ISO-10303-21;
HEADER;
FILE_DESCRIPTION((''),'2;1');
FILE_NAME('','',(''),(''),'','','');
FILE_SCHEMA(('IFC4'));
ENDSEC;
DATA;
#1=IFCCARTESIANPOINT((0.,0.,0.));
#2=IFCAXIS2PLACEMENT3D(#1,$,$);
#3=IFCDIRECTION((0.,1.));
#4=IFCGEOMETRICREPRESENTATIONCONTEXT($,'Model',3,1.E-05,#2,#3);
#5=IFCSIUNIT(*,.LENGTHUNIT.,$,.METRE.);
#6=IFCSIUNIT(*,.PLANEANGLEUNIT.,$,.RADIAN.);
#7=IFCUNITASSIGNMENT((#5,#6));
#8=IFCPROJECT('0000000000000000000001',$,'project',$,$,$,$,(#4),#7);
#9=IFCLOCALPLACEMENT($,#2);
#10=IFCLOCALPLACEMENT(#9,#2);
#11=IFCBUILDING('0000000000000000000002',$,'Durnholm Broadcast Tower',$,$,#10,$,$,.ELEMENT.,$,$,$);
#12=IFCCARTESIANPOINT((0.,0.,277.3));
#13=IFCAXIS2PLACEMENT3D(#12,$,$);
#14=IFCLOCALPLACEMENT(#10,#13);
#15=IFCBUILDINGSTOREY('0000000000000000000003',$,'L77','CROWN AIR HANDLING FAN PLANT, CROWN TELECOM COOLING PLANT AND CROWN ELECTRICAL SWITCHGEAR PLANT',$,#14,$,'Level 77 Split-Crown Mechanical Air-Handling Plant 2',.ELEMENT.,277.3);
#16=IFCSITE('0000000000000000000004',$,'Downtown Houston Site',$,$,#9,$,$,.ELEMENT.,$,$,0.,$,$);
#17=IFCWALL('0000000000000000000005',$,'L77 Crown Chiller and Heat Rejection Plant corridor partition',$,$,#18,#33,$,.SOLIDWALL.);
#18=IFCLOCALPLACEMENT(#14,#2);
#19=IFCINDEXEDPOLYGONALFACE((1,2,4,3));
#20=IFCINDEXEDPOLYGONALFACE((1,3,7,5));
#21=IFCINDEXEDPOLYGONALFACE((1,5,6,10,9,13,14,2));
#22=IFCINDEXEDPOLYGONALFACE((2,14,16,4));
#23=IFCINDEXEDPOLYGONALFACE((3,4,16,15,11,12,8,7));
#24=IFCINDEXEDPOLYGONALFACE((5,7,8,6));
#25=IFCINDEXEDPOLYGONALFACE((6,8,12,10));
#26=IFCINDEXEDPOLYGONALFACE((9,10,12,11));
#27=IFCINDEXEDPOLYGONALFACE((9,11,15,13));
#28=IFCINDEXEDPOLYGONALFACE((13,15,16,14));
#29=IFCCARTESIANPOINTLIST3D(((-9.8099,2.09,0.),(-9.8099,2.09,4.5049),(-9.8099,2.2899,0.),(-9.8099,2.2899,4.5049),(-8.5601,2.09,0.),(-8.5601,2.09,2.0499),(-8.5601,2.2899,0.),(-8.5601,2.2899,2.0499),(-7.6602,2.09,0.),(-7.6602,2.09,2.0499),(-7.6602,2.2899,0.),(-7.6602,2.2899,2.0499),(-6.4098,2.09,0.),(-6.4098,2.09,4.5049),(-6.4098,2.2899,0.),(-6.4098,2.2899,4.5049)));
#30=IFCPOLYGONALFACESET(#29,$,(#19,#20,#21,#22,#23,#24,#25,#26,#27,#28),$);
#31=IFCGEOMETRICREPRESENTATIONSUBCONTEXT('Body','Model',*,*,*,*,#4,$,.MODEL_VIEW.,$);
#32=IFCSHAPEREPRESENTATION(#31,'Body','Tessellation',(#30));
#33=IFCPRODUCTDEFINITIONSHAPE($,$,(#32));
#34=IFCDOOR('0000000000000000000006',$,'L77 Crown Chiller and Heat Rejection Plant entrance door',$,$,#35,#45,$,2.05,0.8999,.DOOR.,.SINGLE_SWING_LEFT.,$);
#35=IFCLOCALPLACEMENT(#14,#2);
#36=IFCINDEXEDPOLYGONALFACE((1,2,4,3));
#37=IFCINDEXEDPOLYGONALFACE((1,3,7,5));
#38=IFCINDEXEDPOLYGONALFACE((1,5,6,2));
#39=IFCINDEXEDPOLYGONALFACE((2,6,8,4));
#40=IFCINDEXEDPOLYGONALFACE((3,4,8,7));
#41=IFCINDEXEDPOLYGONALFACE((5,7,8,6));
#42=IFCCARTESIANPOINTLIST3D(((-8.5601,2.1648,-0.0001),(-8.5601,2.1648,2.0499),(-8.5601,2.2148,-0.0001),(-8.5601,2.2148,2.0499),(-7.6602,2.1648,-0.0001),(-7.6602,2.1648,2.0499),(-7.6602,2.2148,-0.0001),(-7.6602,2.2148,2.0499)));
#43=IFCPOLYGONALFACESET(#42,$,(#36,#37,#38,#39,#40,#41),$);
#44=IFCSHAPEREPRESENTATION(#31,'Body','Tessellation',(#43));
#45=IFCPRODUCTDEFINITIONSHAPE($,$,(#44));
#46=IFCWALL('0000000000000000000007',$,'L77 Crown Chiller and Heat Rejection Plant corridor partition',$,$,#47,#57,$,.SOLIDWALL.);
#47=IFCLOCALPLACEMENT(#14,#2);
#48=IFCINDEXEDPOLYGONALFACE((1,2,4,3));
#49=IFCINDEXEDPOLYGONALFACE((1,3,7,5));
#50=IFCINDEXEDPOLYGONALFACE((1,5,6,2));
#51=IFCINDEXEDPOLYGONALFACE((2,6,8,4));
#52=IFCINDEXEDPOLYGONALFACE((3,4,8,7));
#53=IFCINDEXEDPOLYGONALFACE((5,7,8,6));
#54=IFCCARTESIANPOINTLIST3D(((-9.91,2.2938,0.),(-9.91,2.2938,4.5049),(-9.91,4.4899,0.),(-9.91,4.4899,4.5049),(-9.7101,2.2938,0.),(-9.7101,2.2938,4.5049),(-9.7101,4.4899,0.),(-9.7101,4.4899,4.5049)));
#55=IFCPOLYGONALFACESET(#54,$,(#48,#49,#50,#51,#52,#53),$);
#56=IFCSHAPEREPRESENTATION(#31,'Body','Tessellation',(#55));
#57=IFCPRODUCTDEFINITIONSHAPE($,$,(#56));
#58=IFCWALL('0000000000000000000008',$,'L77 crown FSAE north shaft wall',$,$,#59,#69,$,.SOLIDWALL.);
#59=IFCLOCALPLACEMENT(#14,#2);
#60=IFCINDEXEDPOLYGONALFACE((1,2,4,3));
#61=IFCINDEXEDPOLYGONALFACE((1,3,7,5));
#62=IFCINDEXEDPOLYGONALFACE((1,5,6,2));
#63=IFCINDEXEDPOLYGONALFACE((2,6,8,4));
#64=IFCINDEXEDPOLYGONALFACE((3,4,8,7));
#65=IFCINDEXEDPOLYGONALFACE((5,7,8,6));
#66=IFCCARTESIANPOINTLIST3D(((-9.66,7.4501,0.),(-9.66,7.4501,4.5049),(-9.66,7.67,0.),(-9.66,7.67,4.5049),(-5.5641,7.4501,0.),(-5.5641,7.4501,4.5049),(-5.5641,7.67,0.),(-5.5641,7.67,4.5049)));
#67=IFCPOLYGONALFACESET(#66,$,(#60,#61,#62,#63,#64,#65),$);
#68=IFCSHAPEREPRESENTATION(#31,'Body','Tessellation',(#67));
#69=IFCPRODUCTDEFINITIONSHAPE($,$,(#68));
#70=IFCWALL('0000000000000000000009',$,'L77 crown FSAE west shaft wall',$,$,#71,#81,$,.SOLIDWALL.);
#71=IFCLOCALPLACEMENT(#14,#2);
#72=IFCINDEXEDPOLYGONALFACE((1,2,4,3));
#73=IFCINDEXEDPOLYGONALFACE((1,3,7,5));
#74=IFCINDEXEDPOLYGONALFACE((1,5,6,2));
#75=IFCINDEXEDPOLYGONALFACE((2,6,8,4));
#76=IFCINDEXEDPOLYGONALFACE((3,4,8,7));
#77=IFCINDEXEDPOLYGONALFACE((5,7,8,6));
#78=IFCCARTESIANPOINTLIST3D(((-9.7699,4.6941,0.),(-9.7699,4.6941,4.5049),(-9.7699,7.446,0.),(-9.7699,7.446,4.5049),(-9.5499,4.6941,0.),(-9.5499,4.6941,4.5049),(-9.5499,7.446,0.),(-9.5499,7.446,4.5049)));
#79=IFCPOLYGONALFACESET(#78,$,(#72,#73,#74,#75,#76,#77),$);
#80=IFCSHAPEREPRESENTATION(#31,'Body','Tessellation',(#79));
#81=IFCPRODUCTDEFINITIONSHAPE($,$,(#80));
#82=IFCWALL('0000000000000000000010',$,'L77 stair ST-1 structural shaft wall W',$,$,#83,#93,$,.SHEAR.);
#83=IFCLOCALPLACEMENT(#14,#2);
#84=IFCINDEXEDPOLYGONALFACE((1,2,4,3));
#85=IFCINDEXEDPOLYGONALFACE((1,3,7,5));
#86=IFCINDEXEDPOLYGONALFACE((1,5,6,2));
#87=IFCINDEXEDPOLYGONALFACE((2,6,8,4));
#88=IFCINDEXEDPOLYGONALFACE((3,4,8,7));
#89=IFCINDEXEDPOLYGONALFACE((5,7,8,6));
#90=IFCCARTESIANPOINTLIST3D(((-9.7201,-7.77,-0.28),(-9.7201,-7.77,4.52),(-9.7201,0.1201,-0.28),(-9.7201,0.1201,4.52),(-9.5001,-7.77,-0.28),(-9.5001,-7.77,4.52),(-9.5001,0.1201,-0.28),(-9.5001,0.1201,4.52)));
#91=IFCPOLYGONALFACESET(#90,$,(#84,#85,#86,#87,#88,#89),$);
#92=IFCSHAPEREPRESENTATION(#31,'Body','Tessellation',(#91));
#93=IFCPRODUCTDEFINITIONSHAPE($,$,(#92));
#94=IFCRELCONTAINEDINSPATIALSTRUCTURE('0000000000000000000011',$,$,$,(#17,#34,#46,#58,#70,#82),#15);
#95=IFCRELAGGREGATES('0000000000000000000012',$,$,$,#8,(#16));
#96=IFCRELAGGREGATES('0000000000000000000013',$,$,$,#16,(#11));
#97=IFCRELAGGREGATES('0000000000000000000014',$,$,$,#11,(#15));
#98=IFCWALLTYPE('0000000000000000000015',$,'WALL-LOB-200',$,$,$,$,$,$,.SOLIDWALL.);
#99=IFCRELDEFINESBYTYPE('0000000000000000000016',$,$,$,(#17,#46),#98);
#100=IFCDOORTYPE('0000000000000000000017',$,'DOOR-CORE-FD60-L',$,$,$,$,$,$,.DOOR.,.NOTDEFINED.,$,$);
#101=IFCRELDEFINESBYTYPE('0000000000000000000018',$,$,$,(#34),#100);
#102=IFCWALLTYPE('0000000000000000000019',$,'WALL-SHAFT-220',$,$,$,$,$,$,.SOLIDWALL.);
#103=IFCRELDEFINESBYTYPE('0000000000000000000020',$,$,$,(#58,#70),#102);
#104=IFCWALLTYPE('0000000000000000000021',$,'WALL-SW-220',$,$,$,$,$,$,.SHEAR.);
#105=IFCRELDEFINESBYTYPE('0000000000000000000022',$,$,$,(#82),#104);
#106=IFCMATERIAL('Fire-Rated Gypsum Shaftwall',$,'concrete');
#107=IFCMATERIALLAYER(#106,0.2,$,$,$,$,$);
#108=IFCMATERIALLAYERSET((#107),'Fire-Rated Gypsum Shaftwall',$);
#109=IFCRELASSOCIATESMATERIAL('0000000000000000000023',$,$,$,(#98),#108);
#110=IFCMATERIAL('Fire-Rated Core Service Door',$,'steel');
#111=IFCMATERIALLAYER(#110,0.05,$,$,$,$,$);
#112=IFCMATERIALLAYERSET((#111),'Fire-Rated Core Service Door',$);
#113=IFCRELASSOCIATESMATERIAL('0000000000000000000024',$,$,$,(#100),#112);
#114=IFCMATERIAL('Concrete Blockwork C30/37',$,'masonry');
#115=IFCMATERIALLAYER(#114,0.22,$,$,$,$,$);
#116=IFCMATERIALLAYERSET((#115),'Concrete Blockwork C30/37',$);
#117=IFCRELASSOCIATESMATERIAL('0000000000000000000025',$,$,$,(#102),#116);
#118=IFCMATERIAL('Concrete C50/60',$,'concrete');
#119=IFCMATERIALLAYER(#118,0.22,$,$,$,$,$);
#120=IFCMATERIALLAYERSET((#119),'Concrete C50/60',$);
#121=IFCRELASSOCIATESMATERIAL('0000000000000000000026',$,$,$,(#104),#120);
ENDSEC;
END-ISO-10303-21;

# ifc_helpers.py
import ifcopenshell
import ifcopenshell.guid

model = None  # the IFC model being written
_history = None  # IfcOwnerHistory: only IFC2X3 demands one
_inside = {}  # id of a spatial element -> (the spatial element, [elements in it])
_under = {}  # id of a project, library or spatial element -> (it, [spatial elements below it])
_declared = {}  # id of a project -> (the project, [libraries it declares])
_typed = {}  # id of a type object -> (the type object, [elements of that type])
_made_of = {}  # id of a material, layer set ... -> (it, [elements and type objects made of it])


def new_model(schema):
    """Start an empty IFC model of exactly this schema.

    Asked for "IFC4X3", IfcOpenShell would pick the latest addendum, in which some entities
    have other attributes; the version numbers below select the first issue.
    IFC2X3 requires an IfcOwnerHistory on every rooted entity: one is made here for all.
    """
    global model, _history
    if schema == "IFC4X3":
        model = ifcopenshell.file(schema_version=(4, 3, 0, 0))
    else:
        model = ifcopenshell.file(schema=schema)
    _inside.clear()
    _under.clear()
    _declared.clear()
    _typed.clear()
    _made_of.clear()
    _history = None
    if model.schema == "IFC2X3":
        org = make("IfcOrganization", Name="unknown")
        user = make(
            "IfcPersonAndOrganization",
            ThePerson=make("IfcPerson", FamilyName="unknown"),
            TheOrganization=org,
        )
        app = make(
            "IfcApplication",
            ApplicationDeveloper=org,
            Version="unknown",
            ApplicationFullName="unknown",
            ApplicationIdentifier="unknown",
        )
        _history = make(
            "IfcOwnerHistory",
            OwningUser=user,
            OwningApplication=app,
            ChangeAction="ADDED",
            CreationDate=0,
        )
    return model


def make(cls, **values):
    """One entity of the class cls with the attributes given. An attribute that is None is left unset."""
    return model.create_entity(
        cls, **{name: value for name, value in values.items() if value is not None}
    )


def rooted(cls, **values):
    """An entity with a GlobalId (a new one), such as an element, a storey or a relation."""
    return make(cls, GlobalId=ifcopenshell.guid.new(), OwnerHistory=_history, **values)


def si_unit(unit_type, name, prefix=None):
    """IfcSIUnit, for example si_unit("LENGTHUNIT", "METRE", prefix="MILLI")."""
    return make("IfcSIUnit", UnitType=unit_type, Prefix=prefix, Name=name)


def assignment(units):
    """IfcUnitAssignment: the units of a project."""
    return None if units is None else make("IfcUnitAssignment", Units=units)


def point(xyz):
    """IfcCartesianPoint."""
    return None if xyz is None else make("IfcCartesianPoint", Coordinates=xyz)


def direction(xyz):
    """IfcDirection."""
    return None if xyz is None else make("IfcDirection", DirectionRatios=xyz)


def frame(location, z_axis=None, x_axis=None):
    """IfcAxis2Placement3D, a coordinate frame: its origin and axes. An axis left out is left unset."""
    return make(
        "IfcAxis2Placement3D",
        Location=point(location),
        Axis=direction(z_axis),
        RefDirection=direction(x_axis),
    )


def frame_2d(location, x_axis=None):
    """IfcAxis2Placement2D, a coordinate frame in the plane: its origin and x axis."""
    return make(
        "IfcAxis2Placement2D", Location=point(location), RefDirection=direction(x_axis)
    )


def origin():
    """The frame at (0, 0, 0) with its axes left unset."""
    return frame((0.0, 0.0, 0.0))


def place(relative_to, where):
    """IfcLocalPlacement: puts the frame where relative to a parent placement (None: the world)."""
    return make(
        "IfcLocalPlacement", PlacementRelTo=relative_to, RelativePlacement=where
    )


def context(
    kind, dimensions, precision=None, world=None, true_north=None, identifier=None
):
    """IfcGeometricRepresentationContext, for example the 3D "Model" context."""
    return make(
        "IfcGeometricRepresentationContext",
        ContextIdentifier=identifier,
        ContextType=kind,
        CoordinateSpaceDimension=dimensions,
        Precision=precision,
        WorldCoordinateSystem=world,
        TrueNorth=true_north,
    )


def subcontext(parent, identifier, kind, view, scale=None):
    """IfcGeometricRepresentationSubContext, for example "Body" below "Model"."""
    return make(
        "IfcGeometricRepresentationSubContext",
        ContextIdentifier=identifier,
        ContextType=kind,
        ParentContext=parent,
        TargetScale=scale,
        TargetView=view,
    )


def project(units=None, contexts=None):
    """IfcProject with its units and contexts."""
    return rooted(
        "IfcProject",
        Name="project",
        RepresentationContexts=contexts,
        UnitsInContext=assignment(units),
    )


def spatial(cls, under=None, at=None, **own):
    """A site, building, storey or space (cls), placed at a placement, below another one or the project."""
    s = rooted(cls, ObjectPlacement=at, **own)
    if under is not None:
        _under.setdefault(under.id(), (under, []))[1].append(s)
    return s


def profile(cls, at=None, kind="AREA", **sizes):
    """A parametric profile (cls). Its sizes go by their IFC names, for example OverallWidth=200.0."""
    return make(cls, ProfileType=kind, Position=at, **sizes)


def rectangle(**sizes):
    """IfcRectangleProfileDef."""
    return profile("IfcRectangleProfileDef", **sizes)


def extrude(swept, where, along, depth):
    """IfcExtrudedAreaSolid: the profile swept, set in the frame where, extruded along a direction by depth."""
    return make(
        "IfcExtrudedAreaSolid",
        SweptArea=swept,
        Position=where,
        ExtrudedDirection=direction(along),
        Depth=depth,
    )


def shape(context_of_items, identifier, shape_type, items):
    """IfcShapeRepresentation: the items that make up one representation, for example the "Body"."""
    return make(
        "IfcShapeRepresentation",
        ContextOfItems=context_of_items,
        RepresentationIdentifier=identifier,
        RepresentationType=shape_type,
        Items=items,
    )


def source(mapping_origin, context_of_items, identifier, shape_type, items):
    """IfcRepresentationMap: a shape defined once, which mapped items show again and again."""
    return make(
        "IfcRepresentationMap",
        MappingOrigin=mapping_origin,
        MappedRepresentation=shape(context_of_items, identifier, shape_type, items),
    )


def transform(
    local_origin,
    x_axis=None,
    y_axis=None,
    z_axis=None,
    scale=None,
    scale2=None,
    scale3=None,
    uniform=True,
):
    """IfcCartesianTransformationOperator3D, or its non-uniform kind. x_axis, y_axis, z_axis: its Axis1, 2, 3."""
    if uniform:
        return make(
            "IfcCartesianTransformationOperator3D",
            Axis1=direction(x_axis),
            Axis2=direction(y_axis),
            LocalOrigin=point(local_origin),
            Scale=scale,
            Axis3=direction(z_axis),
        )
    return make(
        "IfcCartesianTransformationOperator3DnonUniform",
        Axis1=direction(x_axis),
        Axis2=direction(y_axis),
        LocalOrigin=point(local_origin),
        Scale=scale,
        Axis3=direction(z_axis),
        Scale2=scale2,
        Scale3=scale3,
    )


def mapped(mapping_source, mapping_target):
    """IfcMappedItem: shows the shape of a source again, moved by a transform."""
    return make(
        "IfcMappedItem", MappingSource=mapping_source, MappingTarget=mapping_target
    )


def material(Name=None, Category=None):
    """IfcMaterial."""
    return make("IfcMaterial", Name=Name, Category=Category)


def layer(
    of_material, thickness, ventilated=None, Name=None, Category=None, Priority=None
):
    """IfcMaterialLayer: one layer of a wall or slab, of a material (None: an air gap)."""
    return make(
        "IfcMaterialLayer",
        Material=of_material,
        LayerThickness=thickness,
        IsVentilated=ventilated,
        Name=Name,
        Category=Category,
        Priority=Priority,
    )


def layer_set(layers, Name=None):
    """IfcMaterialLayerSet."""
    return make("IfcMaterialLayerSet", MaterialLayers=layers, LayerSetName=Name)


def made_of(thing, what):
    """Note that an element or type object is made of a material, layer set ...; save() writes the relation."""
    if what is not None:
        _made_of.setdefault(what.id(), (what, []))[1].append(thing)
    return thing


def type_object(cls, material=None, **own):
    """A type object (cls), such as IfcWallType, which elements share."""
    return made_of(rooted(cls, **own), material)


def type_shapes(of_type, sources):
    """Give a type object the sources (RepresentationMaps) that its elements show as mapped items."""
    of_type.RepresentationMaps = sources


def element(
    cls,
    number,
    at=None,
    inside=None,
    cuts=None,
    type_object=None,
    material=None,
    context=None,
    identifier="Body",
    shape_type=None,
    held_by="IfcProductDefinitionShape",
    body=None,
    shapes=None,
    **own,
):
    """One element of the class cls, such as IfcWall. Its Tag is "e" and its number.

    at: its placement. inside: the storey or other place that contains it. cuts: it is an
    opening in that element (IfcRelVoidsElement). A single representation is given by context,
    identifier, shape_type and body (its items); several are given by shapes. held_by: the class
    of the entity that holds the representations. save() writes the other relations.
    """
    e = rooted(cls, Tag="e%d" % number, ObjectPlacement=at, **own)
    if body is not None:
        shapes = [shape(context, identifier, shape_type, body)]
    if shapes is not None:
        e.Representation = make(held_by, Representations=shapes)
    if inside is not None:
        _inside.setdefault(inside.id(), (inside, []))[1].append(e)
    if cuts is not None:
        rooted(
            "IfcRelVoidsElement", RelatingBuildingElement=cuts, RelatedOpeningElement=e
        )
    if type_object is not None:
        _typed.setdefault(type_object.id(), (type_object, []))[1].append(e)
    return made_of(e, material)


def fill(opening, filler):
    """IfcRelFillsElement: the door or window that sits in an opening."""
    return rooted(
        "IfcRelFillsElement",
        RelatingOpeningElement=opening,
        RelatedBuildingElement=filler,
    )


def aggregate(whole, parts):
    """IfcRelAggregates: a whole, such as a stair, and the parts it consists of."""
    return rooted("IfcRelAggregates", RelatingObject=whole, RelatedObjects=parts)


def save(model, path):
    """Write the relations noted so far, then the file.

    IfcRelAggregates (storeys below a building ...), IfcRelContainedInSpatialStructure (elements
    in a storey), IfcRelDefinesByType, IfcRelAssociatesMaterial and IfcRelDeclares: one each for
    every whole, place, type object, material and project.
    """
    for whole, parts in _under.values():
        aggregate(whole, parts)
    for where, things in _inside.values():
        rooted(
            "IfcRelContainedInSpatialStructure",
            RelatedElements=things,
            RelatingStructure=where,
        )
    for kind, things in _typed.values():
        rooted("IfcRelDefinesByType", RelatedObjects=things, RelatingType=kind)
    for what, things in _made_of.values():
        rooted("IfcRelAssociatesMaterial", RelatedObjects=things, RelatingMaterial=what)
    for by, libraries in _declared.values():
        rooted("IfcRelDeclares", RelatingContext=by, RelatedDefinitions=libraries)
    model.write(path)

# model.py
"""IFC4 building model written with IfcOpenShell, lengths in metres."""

from ifc_helpers import new_model, si_unit, direction, frame, frame_2d, origin, place, context, subcontext, project, spatial, rectangle, extrude, source, transform, mapped, material, layer, layer_set, type_object, type_shapes, element, fill, save


model = new_model("IFC4")

# Units and contexts
model_context = context("Model", 3, precision=1e-05, world=origin(), true_north=direction((0.0, 1.0)))
body_context = subcontext(model_context, "Body", "Model", "MODEL_VIEW")
ifc_project = project(units=[si_unit("LENGTHUNIT", "METRE"), si_unit("PLANEANGLEUNIT", "RADIAN")], contexts=[model_context])

# Site, building, storey
site_placement = place(None, origin())
site = spatial("IfcSite", under=ifc_project, at=site_placement, Name="Downtown Houston Site", CompositionType="ELEMENT", RefElevation=0.0)
building_placement = place(site_placement, origin())
building = spatial("IfcBuilding", under=site, at=building_placement, Name="Durnholm Broadcast Tower", CompositionType="ELEMENT")
storey_placement = place(building_placement, frame((0.0, 0.0, 277.3)))
storey = spatial("IfcBuildingStorey", under=building, at=storey_placement, Name="L77", Description="CROWN AIR HANDLING FAN PLANT, CROWN TELECOM COOLING PLANT AND CROWN ELECTRICAL SWITCHGEAR PLANT", LongName="Level 77 Split-Crown Mechanical Air-Handling Plant 2", CompositionType="ELEMENT", Elevation=277.3)

# Wall, opening, door
ifc_material_1 = material(Name="Fire-Rated Gypsum Shaftwall", Category="concrete")
ifc_layer_1 = layer(ifc_material_1, 0.2)
ifc_layer_set_1 = layer_set([ifc_layer_1], Name="Fire-Rated Gypsum Shaftwall")
wall_type_1 = type_object("IfcWallType", Name="WALL-LOB-200", PredefinedType="SOLIDWALL", material=ifc_layer_set_1)
wall_1_placement = place(storey_placement, frame((-9.8101, 2.1899, 0.0), z_axis=(0.0, 0.0, 1.0), x_axis=(1.0, 0.0, 0.0)))
wall_1 = element("IfcWall", 1, at=wall_1_placement, inside=storey, type_object=wall_type_1, Name="L77 Crown Chiller and Heat Rejection Plant corridor partition", PredefinedType="SOLIDWALL", context=body_context, shape_type="SweptSolid", body=[
    extrude(rectangle(XDim=3.4001, YDim=0.2, at=frame_2d((1.7002, 0.0))), origin(), (0.0, 0.0, 1.0), 4.5049),
])
opening_1_placement = place(wall_1_placement, frame((1.25, 0.0, 0.0)))
opening_1 = element("IfcOpeningElement", 2, at=opening_1_placement, cuts=wall_1, PredefinedType="OPENING", context=body_context, shape_type="SweptSolid", body=[
    extrude(rectangle(XDim=0.8999, YDim=2.05, at=frame_2d((0.45, 1.0249))), frame((0.0, 0.1099, 0.0), z_axis=(0.0, -1.0, 0.0), x_axis=(1.0, 0.0, 0.0)), (0.0, 0.0, 1.0), 0.22),
])
ifc_material_2 = material(Name="Fire-Rated Core Service Door", Category="steel")
ifc_layer_2 = layer(ifc_material_2, 0.05)
ifc_layer_set_2 = layer_set([ifc_layer_2], Name="Fire-Rated Core Service Door")
door_type_1 = type_object("IfcDoorType", Name="DOOR-CORE-FD60-L", OperationType="NOTDEFINED", PredefinedType="DOOR", material=ifc_layer_set_2)
shared_shape_1 = source(origin(), body_context, "Body", "SweptSolid", [
    extrude(rectangle(XDim=0.8999, YDim=2.05, at=frame_2d((0.45, 1.0249))), frame((0.0, 0.0249, 0.0), z_axis=(0.0, -1.0, 0.0), x_axis=(1.0, 0.0, 0.0)), (0.0, 0.0, 1.0), 0.05),
])
type_shapes(door_type_1, [shared_shape_1])
door_1_placement = place(opening_1_placement, origin())
door_1 = element("IfcDoor", 3, at=door_1_placement, inside=storey, type_object=door_type_1, Name="L77 Crown Chiller and Heat Rejection Plant entrance door", OperationType="SINGLE_SWING_LEFT", OverallHeight=2.05, OverallWidth=0.8999, PredefinedType="DOOR", context=body_context, shape_type="MappedRepresentation", body=[
    mapped(shared_shape_1, transform((0.0, 0.0, 0.0), x_axis=(1.0, 0.0, 0.0), y_axis=(0.0, 1.0, 0.0), z_axis=(0.0, 0.0, 1.0), scale=1.0)),
])
fill(opening_1, door_1)

# Wall
wall_2_placement = place(storey_placement, frame((-9.8101, 4.49, 0.0), z_axis=(0.0, 0.0, 1.0), x_axis=(0.0, -1.0, 0.0)))
element("IfcWall", 4, at=wall_2_placement, inside=storey, type_object=wall_type_1, Name="L77 Crown Chiller and Heat Rejection Plant corridor partition", PredefinedType="SOLIDWALL", context=body_context, shape_type="SweptSolid", body=[
    extrude(rectangle(XDim=2.196, YDim=0.2, at=frame_2d((1.0981, 0.0))), origin(), (0.0, 0.0, 1.0), 4.5049),
])

# Shared definitions
ifc_material_3 = material(Name="Concrete Blockwork C30/37", Category="masonry")
ifc_layer_3 = layer(ifc_material_3, 0.22)
ifc_layer_set_3 = layer_set([ifc_layer_3], Name="Concrete Blockwork C30/37")
wall_type_2 = type_object("IfcWallType", Name="WALL-SHAFT-220", PredefinedType="SOLIDWALL", material=ifc_layer_set_3)

# Walls
wall_3_placement = place(storey_placement, frame((-9.6599, 7.5601, 0.0), z_axis=(0.0, 0.0, 1.0), x_axis=(1.0, 0.0, 0.0)))
element("IfcWall", 5, at=wall_3_placement, inside=storey, type_object=wall_type_2, Name="L77 crown FSAE north shaft wall", PredefinedType="SOLIDWALL", context=body_context, shape_type="SweptSolid", body=[
    extrude(rectangle(XDim=4.0959, YDim=0.22, at=frame_2d((2.0479, 0.0))), origin(), (0.0, 0.0, 1.0), 4.5049),
])
wall_4_placement = place(storey_placement, frame((-9.6599, 4.6941, 0.0), z_axis=(0.0, 0.0, 1.0), x_axis=(0.0, 1.0, 0.0)))
element("IfcWall", 6, at=wall_4_placement, inside=storey, type_object=wall_type_2, Name="L77 crown FSAE west shaft wall", PredefinedType="SOLIDWALL", context=body_context, shape_type="SweptSolid", body=[
    extrude(rectangle(XDim=2.752, YDim=0.22, at=frame_2d((1.376, 0.0))), origin(), (0.0, 0.0, 1.0), 4.5049),
])
ifc_material_4 = material(Name="Concrete C50/60", Category="concrete")
ifc_layer_4 = layer(ifc_material_4, 0.22)
ifc_layer_set_4 = layer_set([ifc_layer_4], Name="Concrete C50/60")
wall_type_3 = type_object("IfcWallType", Name="WALL-SW-220", PredefinedType="SHEAR", material=ifc_layer_set_4)
wall_5_placement = place(storey_placement, frame((-9.6101, 0.1201, -0.28), z_axis=(0.0, 0.0, 1.0), x_axis=(0.0, -1.0, 0.0)))
element("IfcWall", 7, at=wall_5_placement, inside=storey, type_object=wall_type_3, Name="L77 stair ST-1 structural shaft wall W", PredefinedType="SHEAR", context=body_context, shape_type="SweptSolid", body=[
    extrude(rectangle(XDim=7.8901, YDim=0.22, at=frame_2d((3.9451, 0.0))), origin(), (0.0, 0.0, 1.0), 4.8),
])

save(model, "model.ifc")
